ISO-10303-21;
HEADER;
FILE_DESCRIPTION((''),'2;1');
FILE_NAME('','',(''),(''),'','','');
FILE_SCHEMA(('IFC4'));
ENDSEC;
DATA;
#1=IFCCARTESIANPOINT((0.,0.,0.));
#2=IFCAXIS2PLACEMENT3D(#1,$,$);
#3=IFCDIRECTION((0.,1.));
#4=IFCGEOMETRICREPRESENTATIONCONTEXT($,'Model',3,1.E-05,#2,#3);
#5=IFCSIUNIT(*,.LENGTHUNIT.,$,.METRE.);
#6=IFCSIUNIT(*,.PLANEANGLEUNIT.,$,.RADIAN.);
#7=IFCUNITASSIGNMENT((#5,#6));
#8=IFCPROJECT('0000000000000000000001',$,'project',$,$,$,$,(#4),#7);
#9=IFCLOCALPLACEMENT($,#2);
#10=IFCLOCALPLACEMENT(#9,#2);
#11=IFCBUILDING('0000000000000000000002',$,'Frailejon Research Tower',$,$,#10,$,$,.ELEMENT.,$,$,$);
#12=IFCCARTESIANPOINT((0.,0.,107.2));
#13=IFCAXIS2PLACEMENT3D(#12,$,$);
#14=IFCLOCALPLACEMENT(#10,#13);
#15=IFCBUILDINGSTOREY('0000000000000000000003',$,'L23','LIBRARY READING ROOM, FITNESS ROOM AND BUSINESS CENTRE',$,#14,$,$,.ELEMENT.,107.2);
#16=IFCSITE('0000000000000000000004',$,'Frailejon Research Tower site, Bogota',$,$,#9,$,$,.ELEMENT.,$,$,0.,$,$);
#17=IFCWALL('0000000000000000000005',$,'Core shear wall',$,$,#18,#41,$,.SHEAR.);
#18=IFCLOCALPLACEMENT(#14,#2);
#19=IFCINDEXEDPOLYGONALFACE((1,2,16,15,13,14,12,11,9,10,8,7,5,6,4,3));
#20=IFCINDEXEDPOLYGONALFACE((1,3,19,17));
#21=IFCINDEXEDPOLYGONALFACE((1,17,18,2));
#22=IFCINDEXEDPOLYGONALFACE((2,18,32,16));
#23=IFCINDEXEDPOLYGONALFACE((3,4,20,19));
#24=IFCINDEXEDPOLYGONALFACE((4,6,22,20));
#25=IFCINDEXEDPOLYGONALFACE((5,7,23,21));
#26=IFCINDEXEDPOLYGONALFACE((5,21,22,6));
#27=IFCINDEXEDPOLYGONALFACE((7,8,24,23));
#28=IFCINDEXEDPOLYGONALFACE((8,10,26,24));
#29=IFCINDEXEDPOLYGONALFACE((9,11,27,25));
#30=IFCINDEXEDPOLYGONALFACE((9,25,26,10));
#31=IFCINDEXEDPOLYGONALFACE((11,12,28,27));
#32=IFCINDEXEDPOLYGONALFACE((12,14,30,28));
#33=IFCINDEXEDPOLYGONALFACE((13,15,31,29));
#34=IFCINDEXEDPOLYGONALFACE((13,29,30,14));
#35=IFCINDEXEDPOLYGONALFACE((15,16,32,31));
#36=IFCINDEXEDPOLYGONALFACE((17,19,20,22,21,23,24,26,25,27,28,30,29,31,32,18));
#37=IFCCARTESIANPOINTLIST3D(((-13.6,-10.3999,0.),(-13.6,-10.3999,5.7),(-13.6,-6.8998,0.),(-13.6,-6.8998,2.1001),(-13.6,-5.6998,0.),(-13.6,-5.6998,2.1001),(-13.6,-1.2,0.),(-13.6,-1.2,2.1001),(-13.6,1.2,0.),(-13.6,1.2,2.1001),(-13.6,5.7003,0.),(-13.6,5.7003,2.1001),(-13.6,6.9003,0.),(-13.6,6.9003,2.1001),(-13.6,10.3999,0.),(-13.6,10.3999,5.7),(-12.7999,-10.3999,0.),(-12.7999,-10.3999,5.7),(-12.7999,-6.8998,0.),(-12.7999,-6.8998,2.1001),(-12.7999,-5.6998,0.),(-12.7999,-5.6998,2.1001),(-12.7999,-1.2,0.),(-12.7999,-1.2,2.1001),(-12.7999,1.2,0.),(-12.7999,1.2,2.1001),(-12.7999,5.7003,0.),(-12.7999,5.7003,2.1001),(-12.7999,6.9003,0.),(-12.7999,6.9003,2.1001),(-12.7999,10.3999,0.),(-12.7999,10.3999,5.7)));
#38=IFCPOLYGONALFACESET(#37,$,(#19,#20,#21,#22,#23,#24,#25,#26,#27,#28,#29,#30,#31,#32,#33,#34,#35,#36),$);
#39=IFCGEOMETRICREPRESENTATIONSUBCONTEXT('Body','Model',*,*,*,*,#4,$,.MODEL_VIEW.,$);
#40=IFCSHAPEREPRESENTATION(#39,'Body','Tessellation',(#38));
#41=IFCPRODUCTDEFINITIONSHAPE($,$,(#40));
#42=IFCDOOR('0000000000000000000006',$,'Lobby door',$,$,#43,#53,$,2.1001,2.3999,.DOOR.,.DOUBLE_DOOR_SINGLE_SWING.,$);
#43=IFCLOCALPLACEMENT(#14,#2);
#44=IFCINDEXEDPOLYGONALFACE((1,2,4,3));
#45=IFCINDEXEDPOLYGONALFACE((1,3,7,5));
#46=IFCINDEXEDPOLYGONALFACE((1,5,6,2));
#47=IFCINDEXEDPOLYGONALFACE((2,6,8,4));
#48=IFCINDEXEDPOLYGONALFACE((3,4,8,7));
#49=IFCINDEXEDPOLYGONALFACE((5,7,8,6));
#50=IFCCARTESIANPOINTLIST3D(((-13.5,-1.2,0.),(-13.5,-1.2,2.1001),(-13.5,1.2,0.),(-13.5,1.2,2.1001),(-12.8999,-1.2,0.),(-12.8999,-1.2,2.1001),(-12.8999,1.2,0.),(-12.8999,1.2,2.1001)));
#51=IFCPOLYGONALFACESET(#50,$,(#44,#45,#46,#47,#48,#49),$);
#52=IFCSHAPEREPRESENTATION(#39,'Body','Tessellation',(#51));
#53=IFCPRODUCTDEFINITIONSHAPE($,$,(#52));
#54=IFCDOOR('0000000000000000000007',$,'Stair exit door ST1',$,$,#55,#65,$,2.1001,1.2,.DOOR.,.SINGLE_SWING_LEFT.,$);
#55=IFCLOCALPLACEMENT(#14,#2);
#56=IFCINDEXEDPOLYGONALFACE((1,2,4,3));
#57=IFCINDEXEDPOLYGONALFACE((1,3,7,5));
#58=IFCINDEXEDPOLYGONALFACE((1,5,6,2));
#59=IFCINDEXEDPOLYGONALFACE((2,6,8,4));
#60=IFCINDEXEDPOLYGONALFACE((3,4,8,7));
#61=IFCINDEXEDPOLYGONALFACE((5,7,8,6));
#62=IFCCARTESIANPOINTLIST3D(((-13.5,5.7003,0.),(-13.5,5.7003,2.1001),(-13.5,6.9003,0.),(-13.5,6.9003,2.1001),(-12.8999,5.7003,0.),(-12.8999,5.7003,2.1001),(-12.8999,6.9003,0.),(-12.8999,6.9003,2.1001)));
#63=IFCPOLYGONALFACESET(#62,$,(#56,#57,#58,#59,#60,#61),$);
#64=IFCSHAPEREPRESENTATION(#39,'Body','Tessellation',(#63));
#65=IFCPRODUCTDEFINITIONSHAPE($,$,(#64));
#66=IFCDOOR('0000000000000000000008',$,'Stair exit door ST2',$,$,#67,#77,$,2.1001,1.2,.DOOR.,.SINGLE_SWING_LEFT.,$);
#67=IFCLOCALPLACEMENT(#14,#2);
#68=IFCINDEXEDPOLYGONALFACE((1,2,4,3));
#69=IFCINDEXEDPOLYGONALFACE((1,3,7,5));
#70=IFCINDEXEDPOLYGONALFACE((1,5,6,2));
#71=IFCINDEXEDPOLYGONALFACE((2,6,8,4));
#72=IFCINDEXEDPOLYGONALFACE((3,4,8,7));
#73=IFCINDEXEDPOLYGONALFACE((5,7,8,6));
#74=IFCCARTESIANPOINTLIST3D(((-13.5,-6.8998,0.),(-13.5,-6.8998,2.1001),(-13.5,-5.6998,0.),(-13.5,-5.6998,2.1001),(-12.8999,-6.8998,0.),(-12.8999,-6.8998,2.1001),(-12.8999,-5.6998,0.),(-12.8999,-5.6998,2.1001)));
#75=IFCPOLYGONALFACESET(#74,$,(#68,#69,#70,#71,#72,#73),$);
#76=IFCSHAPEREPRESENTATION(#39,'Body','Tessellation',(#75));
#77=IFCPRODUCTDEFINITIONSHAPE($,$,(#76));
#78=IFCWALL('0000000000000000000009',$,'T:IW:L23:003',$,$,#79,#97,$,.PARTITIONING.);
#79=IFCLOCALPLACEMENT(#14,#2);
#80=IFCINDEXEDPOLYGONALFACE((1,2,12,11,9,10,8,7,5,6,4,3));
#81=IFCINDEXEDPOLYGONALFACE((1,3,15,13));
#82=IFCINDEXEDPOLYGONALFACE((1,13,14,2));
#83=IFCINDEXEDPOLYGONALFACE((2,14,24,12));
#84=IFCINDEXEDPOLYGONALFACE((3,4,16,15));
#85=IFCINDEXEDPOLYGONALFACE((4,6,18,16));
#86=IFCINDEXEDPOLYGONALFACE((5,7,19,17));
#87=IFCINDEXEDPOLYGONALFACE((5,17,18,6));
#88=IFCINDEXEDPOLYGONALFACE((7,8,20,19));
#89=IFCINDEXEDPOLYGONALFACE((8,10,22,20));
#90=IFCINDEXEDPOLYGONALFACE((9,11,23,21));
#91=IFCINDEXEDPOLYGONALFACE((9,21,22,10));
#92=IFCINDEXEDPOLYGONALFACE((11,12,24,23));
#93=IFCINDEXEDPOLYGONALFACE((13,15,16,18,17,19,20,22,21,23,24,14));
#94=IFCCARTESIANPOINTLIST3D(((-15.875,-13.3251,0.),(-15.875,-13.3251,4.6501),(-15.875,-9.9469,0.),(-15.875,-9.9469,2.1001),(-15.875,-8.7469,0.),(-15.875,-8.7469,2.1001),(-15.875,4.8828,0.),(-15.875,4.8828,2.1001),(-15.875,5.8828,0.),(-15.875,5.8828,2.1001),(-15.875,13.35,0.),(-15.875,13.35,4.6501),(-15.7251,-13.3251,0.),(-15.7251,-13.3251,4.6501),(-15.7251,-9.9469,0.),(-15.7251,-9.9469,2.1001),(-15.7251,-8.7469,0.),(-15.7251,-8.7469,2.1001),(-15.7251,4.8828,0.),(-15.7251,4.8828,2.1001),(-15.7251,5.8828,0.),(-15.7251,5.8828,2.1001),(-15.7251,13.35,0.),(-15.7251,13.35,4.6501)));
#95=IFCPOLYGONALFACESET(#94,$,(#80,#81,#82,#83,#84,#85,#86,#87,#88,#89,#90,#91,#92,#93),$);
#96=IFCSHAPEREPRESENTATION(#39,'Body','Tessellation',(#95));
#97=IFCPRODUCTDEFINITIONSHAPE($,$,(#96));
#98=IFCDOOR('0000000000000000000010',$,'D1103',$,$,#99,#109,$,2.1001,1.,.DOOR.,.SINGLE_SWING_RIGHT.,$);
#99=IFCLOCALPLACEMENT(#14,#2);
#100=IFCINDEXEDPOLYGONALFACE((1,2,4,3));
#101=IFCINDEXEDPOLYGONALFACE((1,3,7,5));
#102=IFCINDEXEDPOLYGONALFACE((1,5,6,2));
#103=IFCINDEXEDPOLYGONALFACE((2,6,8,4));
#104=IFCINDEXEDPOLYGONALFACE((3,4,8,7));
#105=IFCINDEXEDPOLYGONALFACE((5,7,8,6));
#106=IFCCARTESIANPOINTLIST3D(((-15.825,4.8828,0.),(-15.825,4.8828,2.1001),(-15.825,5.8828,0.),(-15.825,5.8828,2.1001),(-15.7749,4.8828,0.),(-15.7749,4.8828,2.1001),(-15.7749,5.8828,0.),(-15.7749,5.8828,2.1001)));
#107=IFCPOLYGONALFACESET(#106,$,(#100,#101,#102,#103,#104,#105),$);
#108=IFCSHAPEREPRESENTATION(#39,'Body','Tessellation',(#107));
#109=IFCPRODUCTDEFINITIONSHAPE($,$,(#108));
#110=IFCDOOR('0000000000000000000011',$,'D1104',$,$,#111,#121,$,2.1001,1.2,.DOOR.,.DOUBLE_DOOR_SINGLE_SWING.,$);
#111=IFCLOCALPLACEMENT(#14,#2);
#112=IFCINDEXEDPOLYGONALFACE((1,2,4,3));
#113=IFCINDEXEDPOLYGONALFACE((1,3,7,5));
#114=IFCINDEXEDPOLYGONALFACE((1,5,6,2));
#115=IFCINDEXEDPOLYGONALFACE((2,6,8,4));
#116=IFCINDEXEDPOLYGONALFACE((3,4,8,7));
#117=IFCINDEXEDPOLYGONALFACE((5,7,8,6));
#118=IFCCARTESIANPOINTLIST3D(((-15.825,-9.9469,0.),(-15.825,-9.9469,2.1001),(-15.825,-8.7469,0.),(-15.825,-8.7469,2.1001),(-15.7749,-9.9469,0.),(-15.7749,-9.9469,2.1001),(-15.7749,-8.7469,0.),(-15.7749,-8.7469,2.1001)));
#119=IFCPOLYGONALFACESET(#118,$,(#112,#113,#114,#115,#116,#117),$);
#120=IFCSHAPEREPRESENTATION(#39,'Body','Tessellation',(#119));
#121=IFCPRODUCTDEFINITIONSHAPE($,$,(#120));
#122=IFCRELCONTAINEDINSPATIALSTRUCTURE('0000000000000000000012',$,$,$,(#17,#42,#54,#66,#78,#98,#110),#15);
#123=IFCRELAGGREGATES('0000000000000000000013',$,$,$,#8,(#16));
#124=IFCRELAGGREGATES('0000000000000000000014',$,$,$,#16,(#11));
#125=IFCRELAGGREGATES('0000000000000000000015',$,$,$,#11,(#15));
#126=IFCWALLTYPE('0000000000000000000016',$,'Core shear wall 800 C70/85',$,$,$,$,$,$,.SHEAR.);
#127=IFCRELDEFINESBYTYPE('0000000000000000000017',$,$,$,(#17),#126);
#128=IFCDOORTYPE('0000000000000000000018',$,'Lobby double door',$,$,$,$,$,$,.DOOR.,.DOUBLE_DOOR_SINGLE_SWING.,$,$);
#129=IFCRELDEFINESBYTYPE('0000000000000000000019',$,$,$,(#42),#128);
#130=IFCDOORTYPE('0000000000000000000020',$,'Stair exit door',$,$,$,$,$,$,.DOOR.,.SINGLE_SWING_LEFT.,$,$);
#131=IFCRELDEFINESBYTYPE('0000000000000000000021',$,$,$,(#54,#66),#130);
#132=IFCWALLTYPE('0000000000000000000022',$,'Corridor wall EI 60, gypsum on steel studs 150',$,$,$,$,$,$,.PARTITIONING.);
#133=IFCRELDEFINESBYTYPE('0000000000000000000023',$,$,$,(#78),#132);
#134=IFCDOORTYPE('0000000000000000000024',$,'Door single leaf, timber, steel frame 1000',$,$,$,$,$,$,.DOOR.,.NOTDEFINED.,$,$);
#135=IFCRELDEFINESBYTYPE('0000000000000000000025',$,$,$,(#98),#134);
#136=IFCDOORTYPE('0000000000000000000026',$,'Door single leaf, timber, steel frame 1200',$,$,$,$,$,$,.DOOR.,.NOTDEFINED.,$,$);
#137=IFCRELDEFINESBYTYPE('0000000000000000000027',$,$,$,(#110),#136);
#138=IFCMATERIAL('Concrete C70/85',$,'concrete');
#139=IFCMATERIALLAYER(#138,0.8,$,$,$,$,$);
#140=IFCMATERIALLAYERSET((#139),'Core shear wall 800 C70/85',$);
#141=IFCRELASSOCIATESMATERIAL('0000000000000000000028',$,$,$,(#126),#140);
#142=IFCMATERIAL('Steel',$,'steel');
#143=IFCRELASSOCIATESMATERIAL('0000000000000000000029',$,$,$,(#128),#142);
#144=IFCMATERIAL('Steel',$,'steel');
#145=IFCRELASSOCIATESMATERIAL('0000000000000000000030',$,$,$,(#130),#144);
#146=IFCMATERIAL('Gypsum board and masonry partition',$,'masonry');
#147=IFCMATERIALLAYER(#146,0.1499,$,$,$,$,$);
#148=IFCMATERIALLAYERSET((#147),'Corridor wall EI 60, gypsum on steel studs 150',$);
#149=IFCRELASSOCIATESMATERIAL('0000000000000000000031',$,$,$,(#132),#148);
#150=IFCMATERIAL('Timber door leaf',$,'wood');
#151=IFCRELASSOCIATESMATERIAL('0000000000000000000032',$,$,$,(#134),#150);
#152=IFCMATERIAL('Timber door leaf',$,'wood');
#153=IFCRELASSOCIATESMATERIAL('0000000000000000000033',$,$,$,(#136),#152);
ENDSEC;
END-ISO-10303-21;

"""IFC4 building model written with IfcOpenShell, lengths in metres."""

from ifc_helpers import new_model, si_unit, direction, frame, frame_2d, origin, place, context, subcontext, project, spatial, rectangle, extrude, material, layer, layer_set, type_object, element, fill, save


model = new_model("IFC4")

# Units and contexts
model_context = context("Model", 3, precision=1e-05, world=origin(), true_north=direction((0.0, 1.0)))
body_context = subcontext(model_context, "Body", "Model", "MODEL_VIEW")
ifc_project = project(units=[si_unit("LENGTHUNIT", "METRE"), si_unit("PLANEANGLEUNIT", "RADIAN")], contexts=[model_context])

# Site, building, storey
site_placement = place(None, origin())
site = spatial("IfcSite", under=ifc_project, at=site_placement, Name="Frailejon Research Tower site, Bogota", CompositionType="ELEMENT", RefElevation=0.0)
building_placement = place(site_placement, origin())
building = spatial("IfcBuilding", under=site, at=building_placement, Name="Frailejon Research Tower", CompositionType="ELEMENT")
storey_placement = place(building_placement, frame((0.0, 0.0, 107.2)))
storey = spatial("IfcBuildingStorey", under=building, at=storey_placement, Name="L23", Description="LIBRARY READING ROOM, FITNESS ROOM AND BUSINESS CENTRE", CompositionType="ELEMENT", Elevation=107.2)

# Walls, openings, doors
ifc_material_1 = material(Name="Concrete C70/85", Category="concrete")
ifc_layer_1 = layer(ifc_material_1, 0.8)
ifc_layer_set_1 = layer_set([ifc_layer_1], Name="Core shear wall 800 C70/85")
wall_type_1 = type_object("IfcWallType", Name="Core shear wall 800 C70/85", PredefinedType="SHEAR", material=ifc_layer_set_1)
wall_1_placement = place(storey_placement, frame((-13.2, -10.3999, 0.0), z_axis=(0.0, 0.0, 1.0), x_axis=(0.0, 1.0, 0.0)))
wall_1 = element("IfcWall", 1, at=wall_1_placement, inside=storey, type_object=wall_type_1, Name="Core shear wall", PredefinedType="SHEAR", context=body_context, shape_type="SweptSolid", body=[
    extrude(rectangle(XDim=20.7998, YDim=0.8, at=frame_2d((10.3999, 0.0))), origin(), (0.0, 0.0, 1.0), 5.7),
])
opening_1_placement = place(wall_1_placement, frame((9.2, 0.0, 0.0)))
opening_1 = element("IfcOpeningElement", 2, at=opening_1_placement, cuts=wall_1, PredefinedType="OPENING", context=body_context, shape_type="SweptSolid", body=[
    extrude(rectangle(XDim=2.3999, YDim=2.1001, at=frame_2d((1.2, 1.05))), frame((0.0, 0.4099, 0.0), z_axis=(0.0, -1.0, 0.0), x_axis=(1.0, 0.0, 0.0)), (0.0, 0.0, 1.0), 0.8201),
])
opening_2_placement = place(wall_1_placement, frame((16.1001, 0.0, 0.0)))
opening_2 = element("IfcOpeningElement", 3, at=opening_2_placement, cuts=wall_1, PredefinedType="OPENING", context=body_context, shape_type="SweptSolid", body=[
    extrude(rectangle(XDim=1.2, YDim=2.1001, at=frame_2d((0.6001, 1.05))), frame((0.0, 0.4099, 0.0), z_axis=(0.0, -1.0, 0.0), x_axis=(1.0, 0.0, 0.0)), (0.0, 0.0, 1.0), 0.8201),
])
opening_3_placement = place(wall_1_placement, frame((3.5, 0.0, 0.0)))
opening_3 = element("IfcOpeningElement", 4, at=opening_3_placement, cuts=wall_1, PredefinedType="OPENING", context=body_context, shape_type="SweptSolid", body=[
    extrude(rectangle(XDim=1.2, YDim=2.1001, at=frame_2d((0.6001, 1.05))), frame((0.0, 0.4099, 0.0), z_axis=(0.0, -1.0, 0.0), x_axis=(1.0, 0.0, 0.0)), (0.0, 0.0, 1.0), 0.8201),
])
ifc_material_2 = material(Name="Steel", Category="steel")
door_type_1 = type_object("IfcDoorType", Name="Lobby double door", OperationType="DOUBLE_DOOR_SINGLE_SWING", PredefinedType="DOOR", material=ifc_material_2)
door_1_placement = place(opening_1_placement, origin())
door_1 = element("IfcDoor", 5, at=door_1_placement, inside=storey, type_object=door_type_1, Name="Lobby door", OperationType="DOUBLE_DOOR_SINGLE_SWING", OverallHeight=2.1001, OverallWidth=2.3999, PredefinedType="DOOR", context=body_context, shape_type="SweptSolid", body=[
    extrude(rectangle(XDim=2.3999, YDim=2.1001, at=frame_2d((1.2, 1.05))), frame((0.0, 0.3, 0.0), z_axis=(0.0, -1.0, 0.0), x_axis=(1.0, 0.0, 0.0)), (0.0, 0.0, 1.0), 0.6001),
])
fill(opening_1, door_1)
ifc_material_3 = material(Name="Steel", Category="steel")
door_type_2 = type_object("IfcDoorType", Name="Stair exit door", OperationType="SINGLE_SWING_LEFT", PredefinedType="DOOR", material=ifc_material_3)
door_2_placement = place(opening_2_placement, origin())
door_2 = element("IfcDoor", 6, at=door_2_placement, inside=storey, type_object=door_type_2, Name="Stair exit door ST1", OperationType="SINGLE_SWING_LEFT", OverallHeight=2.1001, OverallWidth=1.2, PredefinedType="DOOR", context=body_context, shape_type="SweptSolid", body=[
    extrude(rectangle(XDim=1.2, YDim=2.1001, at=frame_2d((0.6001, 1.05))), frame((0.0, 0.3, 0.0), z_axis=(0.0, -1.0, 0.0), x_axis=(1.0, 0.0, 0.0)), (0.0, 0.0, 1.0), 0.6001),
])
fill(opening_2, door_2)
door_3_placement = place(opening_3_placement, origin())
door_3 = element("IfcDoor", 7, at=door_3_placement, inside=storey, type_object=door_type_2, Name="Stair exit door ST2", OperationType="SINGLE_SWING_LEFT", OverallHeight=2.1001, OverallWidth=1.2, PredefinedType="DOOR", context=body_context, shape_type="SweptSolid", body=[
    extrude(rectangle(XDim=1.2, YDim=2.1001, at=frame_2d((0.6001, 1.05))), frame((0.0, 0.3, 0.0), z_axis=(0.0, -1.0, 0.0), x_axis=(1.0, 0.0, 0.0)), (0.0, 0.0, 1.0), 0.6001),
])
fill(opening_3, door_3)
ifc_material_4 = material(Name="Gypsum board and masonry partition", Category="masonry")
ifc_layer_2 = layer(ifc_material_4, 0.1499)
ifc_layer_set_2 = layer_set([ifc_layer_2], Name="Corridor wall EI 60, gypsum on steel studs 150")
wall_type_2 = type_object("IfcWallType", Name="Corridor wall EI 60, gypsum on steel studs 150", PredefinedType="PARTITIONING", material=ifc_layer_set_2)
wall_2_placement = place(storey_placement, frame((-15.8, -13.325, 0.0), z_axis=(0.0, 0.0, 1.0), x_axis=(0.0, 1.0, 0.0)))
wall_2 = element("IfcWall", 8, at=wall_2_placement, inside=storey, type_object=wall_type_2, Name="T:IW:L23:003", PredefinedType="PARTITIONING", context=body_context, shape_type="SweptSolid", body=[
    extrude(rectangle(XDim=26.675, YDim=0.1499, at=frame_2d((13.3374, 0.0))), origin(), (0.0, 0.0, 1.0), 4.6501),
])
opening_4_placement = place(wall_2_placement, frame((18.2078, 0.0, 0.0)))
opening_4 = element("IfcOpeningElement", 9, at=opening_4_placement, cuts=wall_2, PredefinedType="OPENING", context=body_context, shape_type="SweptSolid", body=[
    extrude(rectangle(XDim=1.0, YDim=2.1001, at=frame_2d((0.5, 1.05))), frame((0.0, 0.085, 0.0), z_axis=(0.0, -1.0, 0.0), x_axis=(1.0, 0.0, 0.0)), (0.0, 0.0, 1.0), 0.1699),
])
opening_5_placement = place(wall_2_placement, frame((3.3779, 0.0, 0.0)))
opening_5 = element("IfcOpeningElement", 10, at=opening_5_placement, cuts=wall_2, PredefinedType="OPENING", context=body_context, shape_type="SweptSolid", body=[
    extrude(rectangle(XDim=1.2, YDim=2.1001, at=frame_2d((0.6001, 1.05))), frame((0.0, 0.085, 0.0), z_axis=(0.0, -1.0, 0.0), x_axis=(1.0, 0.0, 0.0)), (0.0, 0.0, 1.0), 0.1699),
])
ifc_material_5 = material(Name="Timber door leaf", Category="wood")
door_type_3 = type_object("IfcDoorType", Name="Door single leaf, timber, steel frame 1000", OperationType="NOTDEFINED", PredefinedType="DOOR", material=ifc_material_5)
door_4_placement = place(opening_4_placement, origin())
door_4 = element("IfcDoor", 11, at=door_4_placement, inside=storey, type_object=door_type_3, Name="D1103", OperationType="SINGLE_SWING_RIGHT", OverallHeight=2.1001, OverallWidth=1.0, PredefinedType="DOOR", context=body_context, shape_type="SweptSolid", body=[
    extrude(rectangle(XDim=1.0, YDim=2.1001, at=frame_2d((0.5, 1.05))), frame((0.0, 0.0249, 0.0), z_axis=(0.0, -1.0, 0.0), x_axis=(1.0, 0.0, 0.0)), (0.0, 0.0, 1.0), 0.05),
])
fill(opening_4, door_4)
ifc_material_6 = material(Name="Timber door leaf", Category="wood")
door_type_4 = type_object("IfcDoorType", Name="Door single leaf, timber, steel frame 1200", OperationType="NOTDEFINED", PredefinedType="DOOR", material=ifc_material_6)
door_5_placement = place(opening_5_placement, origin())
door_5 = element("IfcDoor", 12, at=door_5_placement, inside=storey, type_object=door_type_4, Name="D1104", OperationType="DOUBLE_DOOR_SINGLE_SWING", OverallHeight=2.1001, OverallWidth=1.2, PredefinedType="DOOR", context=body_context, shape_type="SweptSolid", body=[
    extrude(rectangle(XDim=1.2, YDim=2.1001, at=frame_2d((0.6001, 1.05))), frame((0.0, 0.0249, 0.0), z_axis=(0.0, -1.0, 0.0), x_axis=(1.0, 0.0, 0.0)), (0.0, 0.0, 1.0), 0.05),
])
fill(opening_5, door_5)

save(model, "model.ifc")
